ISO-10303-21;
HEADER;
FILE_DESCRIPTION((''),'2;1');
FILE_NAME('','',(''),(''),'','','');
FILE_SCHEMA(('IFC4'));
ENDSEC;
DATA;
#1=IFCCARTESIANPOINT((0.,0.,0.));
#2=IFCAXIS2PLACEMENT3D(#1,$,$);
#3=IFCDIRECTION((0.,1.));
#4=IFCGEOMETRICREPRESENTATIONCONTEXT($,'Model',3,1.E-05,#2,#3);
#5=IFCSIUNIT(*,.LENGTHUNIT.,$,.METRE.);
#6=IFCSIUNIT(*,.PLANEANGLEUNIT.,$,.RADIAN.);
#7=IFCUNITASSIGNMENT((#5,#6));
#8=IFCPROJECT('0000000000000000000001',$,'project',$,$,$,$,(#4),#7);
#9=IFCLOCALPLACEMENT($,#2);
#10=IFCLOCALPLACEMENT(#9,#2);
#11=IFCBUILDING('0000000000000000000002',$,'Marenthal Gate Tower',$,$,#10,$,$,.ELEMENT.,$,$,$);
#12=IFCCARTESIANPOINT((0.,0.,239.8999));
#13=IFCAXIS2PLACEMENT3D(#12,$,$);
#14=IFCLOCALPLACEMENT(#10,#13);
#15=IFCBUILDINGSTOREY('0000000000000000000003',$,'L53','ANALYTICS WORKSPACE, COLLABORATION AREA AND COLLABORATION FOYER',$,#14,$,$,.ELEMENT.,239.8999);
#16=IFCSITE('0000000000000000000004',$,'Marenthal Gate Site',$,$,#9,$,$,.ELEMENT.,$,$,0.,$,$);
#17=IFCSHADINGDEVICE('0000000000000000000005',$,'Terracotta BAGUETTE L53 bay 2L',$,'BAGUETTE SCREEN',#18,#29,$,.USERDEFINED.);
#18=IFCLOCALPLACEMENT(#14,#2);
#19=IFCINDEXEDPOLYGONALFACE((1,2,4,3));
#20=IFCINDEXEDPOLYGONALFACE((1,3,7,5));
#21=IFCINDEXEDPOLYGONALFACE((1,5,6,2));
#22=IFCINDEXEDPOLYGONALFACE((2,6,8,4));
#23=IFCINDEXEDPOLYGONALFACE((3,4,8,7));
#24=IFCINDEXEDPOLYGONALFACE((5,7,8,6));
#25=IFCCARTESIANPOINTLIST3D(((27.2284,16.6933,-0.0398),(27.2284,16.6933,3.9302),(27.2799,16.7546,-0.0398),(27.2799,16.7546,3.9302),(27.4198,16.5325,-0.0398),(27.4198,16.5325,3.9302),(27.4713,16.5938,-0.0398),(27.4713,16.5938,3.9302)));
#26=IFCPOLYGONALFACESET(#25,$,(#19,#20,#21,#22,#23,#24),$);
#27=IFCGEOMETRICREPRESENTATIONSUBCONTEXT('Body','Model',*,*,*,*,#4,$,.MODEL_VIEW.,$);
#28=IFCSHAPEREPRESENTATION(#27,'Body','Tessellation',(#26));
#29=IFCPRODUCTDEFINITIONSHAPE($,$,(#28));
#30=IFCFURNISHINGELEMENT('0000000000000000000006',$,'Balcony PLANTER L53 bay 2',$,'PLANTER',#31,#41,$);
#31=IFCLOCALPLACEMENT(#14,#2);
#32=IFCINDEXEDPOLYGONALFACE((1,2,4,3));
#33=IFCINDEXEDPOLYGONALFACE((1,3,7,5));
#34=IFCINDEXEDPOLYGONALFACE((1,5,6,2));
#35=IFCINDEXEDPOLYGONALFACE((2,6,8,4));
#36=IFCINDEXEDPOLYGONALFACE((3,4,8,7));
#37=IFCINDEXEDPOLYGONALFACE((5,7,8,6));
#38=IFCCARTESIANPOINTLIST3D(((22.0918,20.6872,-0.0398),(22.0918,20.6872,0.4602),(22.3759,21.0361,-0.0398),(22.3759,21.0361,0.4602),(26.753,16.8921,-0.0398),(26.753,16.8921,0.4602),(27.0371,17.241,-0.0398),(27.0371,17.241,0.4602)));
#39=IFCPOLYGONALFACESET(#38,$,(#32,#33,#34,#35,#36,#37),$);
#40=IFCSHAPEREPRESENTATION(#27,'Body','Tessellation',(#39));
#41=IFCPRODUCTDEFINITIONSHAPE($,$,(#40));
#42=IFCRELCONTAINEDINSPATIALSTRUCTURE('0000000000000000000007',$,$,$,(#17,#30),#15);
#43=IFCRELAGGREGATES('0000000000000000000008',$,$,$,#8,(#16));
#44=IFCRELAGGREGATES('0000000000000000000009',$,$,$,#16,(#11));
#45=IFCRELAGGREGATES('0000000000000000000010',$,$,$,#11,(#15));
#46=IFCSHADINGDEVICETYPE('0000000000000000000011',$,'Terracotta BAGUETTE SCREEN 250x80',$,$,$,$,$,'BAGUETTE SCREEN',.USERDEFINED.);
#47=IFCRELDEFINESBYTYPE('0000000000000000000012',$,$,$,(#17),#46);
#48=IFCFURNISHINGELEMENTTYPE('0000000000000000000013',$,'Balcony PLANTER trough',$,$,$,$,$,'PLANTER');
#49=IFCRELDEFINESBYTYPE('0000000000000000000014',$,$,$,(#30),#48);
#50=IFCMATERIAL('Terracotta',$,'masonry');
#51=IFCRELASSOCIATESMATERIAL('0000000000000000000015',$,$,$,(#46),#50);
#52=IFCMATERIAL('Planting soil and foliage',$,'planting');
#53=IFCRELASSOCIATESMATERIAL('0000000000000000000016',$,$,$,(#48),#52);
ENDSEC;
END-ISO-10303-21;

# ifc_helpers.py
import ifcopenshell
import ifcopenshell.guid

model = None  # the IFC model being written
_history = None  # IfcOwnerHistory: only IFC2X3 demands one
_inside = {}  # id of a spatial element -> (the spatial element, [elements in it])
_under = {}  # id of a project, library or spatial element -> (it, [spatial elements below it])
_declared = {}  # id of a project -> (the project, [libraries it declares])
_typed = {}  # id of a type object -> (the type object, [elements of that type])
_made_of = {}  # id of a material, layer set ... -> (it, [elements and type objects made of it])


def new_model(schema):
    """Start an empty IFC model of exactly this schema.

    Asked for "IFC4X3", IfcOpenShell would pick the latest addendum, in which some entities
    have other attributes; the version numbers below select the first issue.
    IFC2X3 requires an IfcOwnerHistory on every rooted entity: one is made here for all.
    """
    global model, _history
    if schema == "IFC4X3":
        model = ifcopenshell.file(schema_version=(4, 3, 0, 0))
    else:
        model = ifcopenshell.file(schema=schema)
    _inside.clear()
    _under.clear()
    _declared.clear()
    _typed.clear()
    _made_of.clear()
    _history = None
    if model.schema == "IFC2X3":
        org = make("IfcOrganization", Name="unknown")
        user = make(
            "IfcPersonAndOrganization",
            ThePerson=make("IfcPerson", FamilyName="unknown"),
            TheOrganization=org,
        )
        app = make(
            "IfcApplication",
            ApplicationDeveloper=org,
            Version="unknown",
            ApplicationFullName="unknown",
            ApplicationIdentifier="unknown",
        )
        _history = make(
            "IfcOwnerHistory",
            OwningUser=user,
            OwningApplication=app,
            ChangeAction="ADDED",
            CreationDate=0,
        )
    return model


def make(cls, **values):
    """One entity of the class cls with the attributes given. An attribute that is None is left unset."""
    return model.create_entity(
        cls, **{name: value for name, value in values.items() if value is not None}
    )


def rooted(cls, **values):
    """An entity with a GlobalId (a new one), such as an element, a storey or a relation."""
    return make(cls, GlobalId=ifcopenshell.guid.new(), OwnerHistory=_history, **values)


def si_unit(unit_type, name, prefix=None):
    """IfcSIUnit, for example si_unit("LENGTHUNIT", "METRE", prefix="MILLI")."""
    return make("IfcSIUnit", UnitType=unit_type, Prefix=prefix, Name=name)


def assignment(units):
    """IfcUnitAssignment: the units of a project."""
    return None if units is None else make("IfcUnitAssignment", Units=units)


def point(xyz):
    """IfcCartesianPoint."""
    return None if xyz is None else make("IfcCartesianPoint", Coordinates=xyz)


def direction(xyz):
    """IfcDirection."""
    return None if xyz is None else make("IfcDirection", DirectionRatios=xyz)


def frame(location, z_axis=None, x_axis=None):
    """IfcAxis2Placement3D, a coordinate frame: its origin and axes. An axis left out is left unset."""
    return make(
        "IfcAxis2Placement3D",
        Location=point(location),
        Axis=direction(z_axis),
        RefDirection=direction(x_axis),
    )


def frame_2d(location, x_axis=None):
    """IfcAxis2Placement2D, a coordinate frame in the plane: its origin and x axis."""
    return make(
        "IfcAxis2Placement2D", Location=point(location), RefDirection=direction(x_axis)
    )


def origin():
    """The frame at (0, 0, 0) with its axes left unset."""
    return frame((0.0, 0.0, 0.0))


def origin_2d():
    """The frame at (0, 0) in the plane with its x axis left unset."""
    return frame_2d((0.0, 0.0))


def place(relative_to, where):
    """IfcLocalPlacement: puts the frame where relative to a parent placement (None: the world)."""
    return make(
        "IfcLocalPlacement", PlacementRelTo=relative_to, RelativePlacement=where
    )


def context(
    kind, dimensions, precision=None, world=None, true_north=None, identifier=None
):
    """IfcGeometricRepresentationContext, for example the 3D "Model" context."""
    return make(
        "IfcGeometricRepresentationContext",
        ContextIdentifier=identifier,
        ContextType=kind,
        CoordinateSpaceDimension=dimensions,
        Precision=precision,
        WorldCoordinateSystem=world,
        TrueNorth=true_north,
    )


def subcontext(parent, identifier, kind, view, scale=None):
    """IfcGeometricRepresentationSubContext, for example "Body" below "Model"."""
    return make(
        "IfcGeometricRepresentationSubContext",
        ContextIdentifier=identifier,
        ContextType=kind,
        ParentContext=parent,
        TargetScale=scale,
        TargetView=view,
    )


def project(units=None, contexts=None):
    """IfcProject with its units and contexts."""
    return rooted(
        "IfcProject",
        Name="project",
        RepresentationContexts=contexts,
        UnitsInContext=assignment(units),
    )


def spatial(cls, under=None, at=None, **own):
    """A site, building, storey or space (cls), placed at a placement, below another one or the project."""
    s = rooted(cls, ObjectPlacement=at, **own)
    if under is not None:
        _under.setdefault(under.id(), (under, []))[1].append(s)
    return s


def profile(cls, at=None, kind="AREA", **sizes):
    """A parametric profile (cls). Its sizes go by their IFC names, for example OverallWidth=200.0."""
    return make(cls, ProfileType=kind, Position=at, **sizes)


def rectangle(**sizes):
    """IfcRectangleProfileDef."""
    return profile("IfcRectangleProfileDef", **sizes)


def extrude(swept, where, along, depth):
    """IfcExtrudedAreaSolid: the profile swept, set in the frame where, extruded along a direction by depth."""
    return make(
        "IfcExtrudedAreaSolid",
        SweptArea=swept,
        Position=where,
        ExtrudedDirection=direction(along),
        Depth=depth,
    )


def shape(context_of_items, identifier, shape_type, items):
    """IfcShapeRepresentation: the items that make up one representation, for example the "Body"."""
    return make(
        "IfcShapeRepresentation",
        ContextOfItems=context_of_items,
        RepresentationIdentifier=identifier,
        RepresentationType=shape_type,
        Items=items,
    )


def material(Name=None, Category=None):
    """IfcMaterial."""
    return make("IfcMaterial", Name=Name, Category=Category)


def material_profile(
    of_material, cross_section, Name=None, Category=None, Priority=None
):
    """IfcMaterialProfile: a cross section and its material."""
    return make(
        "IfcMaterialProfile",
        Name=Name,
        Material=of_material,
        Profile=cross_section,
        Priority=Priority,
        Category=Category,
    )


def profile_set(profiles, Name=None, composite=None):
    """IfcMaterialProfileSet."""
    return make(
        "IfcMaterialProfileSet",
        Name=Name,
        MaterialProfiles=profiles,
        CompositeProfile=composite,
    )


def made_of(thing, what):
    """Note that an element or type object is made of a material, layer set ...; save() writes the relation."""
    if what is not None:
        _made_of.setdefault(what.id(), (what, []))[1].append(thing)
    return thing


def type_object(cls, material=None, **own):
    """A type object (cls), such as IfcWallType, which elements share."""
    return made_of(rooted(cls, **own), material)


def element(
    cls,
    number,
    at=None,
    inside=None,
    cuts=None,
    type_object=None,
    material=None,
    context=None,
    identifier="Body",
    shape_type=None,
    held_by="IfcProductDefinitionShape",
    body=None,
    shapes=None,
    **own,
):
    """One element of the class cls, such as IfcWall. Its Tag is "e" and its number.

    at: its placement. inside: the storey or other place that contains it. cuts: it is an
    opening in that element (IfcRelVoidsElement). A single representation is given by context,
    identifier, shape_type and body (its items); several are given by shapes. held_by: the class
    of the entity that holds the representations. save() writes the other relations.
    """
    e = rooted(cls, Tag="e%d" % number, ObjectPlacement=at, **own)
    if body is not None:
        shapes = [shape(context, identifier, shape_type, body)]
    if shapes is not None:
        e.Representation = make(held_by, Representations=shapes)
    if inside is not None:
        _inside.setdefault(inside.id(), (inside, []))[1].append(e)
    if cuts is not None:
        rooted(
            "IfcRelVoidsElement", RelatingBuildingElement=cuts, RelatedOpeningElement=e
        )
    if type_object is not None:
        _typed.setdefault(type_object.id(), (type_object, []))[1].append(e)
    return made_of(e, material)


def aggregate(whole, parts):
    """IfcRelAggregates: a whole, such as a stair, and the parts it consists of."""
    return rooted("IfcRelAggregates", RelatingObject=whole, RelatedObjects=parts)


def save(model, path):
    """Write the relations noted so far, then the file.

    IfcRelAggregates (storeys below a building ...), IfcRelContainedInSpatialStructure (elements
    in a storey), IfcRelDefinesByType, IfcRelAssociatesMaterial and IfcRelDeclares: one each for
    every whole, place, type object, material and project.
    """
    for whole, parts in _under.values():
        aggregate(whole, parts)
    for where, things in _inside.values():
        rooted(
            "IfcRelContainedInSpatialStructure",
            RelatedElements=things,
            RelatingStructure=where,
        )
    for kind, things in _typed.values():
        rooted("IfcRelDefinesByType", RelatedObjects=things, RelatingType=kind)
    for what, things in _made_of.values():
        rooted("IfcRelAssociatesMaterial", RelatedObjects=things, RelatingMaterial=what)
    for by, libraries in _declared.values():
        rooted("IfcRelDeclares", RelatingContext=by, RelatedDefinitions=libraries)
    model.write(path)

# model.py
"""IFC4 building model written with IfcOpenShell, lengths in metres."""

from ifc_helpers import new_model, si_unit, direction, frame, origin, origin_2d, place, context, subcontext, project, spatial, rectangle, extrude, material, material_profile, profile_set, type_object, element, save


model = new_model("IFC4")

# Units and contexts
model_context = context("Model", 3, precision=1e-05, world=origin(), true_north=direction((0.0, 1.0)))
body_context = subcontext(model_context, "Body", "Model", "MODEL_VIEW")
ifc_project = project(units=[si_unit("LENGTHUNIT", "METRE"), si_unit("PLANEANGLEUNIT", "RADIAN")], contexts=[model_context])

# Site, building, storey
site_placement = place(None, origin())
site = spatial("IfcSite", under=ifc_project, at=site_placement, Name="Marenthal Gate Site", CompositionType="ELEMENT", RefElevation=0.0)
building_placement = place(site_placement, origin())
building = spatial("IfcBuilding", under=site, at=building_placement, Name="Marenthal Gate Tower", CompositionType="ELEMENT")
storey_placement = place(building_placement, frame((0.0, 0.0, 239.8999)))
storey = spatial("IfcBuildingStorey", under=building, at=storey_placement, Name="L53", Description="ANALYTICS WORKSPACE, COLLABORATION AREA AND COLLABORATION FOYER", CompositionType="ELEMENT", Elevation=239.8999)

# Shading device
ifc_material_1 = material(Name="Terracotta", Category="masonry")
ifc_material_profile_1 = material_profile(ifc_material_1, rectangle(XDim=0.25, YDim=0.0801, at=origin_2d()), Name="Terracotta baguette 250x80")
ifc_profile_set_1 = profile_set([ifc_material_profile_1], Name="Terracotta")
shading_device_type = type_object("IfcShadingDeviceType", Name="Terracotta BAGUETTE SCREEN 250x80", ElementType="BAGUETTE SCREEN", PredefinedType="USERDEFINED", material=ifc_profile_set_1)
shading_device_placement = place(storey_placement, frame((27.3499, 16.6436, -0.0398), z_axis=(0.0, 0.0, 1.0), x_axis=(-0.765469, 0.643472, 0.0)))
element("IfcShadingDevice", 1, at=shading_device_placement, inside=storey, type_object=shading_device_type, Name="Terracotta BAGUETTE L53 bay 2L", ObjectType="BAGUETTE SCREEN", PredefinedType="USERDEFINED", context=body_context, shape_type="SweptSolid", body=[
    extrude(rectangle(XDim=0.25, YDim=0.0801, at=origin_2d()), origin(), (0.0, 0.0, 1.0), 3.97),
])

# Furnishing element
ifc_material_2 = material(Name="Planting soil and foliage", Category="planting")
furnishing_element_type = type_object("IfcFurnishingElementType", Name="Balcony PLANTER trough", ElementType="PLANTER", material=ifc_material_2)
furnishing_placement = place(storey_placement, frame((24.5645, 18.9641, -0.0398), z_axis=(0.0, 0.0, 1.0), x_axis=(-0.775469, 0.631385, 0.0)))
element("IfcFurnishingElement", 2, at=furnishing_placement, inside=storey, type_object=furnishing_element_type, Name="Balcony PLANTER L53 bay 2", ObjectType="PLANTER", context=body_context, shape_type="SweptSolid", body=[
    extrude(rectangle(XDim=6.0107, YDim=0.45, at=origin_2d()), origin(), (0.0, 0.0, 1.0), 0.5),
])

save(model, "model.ifc")
